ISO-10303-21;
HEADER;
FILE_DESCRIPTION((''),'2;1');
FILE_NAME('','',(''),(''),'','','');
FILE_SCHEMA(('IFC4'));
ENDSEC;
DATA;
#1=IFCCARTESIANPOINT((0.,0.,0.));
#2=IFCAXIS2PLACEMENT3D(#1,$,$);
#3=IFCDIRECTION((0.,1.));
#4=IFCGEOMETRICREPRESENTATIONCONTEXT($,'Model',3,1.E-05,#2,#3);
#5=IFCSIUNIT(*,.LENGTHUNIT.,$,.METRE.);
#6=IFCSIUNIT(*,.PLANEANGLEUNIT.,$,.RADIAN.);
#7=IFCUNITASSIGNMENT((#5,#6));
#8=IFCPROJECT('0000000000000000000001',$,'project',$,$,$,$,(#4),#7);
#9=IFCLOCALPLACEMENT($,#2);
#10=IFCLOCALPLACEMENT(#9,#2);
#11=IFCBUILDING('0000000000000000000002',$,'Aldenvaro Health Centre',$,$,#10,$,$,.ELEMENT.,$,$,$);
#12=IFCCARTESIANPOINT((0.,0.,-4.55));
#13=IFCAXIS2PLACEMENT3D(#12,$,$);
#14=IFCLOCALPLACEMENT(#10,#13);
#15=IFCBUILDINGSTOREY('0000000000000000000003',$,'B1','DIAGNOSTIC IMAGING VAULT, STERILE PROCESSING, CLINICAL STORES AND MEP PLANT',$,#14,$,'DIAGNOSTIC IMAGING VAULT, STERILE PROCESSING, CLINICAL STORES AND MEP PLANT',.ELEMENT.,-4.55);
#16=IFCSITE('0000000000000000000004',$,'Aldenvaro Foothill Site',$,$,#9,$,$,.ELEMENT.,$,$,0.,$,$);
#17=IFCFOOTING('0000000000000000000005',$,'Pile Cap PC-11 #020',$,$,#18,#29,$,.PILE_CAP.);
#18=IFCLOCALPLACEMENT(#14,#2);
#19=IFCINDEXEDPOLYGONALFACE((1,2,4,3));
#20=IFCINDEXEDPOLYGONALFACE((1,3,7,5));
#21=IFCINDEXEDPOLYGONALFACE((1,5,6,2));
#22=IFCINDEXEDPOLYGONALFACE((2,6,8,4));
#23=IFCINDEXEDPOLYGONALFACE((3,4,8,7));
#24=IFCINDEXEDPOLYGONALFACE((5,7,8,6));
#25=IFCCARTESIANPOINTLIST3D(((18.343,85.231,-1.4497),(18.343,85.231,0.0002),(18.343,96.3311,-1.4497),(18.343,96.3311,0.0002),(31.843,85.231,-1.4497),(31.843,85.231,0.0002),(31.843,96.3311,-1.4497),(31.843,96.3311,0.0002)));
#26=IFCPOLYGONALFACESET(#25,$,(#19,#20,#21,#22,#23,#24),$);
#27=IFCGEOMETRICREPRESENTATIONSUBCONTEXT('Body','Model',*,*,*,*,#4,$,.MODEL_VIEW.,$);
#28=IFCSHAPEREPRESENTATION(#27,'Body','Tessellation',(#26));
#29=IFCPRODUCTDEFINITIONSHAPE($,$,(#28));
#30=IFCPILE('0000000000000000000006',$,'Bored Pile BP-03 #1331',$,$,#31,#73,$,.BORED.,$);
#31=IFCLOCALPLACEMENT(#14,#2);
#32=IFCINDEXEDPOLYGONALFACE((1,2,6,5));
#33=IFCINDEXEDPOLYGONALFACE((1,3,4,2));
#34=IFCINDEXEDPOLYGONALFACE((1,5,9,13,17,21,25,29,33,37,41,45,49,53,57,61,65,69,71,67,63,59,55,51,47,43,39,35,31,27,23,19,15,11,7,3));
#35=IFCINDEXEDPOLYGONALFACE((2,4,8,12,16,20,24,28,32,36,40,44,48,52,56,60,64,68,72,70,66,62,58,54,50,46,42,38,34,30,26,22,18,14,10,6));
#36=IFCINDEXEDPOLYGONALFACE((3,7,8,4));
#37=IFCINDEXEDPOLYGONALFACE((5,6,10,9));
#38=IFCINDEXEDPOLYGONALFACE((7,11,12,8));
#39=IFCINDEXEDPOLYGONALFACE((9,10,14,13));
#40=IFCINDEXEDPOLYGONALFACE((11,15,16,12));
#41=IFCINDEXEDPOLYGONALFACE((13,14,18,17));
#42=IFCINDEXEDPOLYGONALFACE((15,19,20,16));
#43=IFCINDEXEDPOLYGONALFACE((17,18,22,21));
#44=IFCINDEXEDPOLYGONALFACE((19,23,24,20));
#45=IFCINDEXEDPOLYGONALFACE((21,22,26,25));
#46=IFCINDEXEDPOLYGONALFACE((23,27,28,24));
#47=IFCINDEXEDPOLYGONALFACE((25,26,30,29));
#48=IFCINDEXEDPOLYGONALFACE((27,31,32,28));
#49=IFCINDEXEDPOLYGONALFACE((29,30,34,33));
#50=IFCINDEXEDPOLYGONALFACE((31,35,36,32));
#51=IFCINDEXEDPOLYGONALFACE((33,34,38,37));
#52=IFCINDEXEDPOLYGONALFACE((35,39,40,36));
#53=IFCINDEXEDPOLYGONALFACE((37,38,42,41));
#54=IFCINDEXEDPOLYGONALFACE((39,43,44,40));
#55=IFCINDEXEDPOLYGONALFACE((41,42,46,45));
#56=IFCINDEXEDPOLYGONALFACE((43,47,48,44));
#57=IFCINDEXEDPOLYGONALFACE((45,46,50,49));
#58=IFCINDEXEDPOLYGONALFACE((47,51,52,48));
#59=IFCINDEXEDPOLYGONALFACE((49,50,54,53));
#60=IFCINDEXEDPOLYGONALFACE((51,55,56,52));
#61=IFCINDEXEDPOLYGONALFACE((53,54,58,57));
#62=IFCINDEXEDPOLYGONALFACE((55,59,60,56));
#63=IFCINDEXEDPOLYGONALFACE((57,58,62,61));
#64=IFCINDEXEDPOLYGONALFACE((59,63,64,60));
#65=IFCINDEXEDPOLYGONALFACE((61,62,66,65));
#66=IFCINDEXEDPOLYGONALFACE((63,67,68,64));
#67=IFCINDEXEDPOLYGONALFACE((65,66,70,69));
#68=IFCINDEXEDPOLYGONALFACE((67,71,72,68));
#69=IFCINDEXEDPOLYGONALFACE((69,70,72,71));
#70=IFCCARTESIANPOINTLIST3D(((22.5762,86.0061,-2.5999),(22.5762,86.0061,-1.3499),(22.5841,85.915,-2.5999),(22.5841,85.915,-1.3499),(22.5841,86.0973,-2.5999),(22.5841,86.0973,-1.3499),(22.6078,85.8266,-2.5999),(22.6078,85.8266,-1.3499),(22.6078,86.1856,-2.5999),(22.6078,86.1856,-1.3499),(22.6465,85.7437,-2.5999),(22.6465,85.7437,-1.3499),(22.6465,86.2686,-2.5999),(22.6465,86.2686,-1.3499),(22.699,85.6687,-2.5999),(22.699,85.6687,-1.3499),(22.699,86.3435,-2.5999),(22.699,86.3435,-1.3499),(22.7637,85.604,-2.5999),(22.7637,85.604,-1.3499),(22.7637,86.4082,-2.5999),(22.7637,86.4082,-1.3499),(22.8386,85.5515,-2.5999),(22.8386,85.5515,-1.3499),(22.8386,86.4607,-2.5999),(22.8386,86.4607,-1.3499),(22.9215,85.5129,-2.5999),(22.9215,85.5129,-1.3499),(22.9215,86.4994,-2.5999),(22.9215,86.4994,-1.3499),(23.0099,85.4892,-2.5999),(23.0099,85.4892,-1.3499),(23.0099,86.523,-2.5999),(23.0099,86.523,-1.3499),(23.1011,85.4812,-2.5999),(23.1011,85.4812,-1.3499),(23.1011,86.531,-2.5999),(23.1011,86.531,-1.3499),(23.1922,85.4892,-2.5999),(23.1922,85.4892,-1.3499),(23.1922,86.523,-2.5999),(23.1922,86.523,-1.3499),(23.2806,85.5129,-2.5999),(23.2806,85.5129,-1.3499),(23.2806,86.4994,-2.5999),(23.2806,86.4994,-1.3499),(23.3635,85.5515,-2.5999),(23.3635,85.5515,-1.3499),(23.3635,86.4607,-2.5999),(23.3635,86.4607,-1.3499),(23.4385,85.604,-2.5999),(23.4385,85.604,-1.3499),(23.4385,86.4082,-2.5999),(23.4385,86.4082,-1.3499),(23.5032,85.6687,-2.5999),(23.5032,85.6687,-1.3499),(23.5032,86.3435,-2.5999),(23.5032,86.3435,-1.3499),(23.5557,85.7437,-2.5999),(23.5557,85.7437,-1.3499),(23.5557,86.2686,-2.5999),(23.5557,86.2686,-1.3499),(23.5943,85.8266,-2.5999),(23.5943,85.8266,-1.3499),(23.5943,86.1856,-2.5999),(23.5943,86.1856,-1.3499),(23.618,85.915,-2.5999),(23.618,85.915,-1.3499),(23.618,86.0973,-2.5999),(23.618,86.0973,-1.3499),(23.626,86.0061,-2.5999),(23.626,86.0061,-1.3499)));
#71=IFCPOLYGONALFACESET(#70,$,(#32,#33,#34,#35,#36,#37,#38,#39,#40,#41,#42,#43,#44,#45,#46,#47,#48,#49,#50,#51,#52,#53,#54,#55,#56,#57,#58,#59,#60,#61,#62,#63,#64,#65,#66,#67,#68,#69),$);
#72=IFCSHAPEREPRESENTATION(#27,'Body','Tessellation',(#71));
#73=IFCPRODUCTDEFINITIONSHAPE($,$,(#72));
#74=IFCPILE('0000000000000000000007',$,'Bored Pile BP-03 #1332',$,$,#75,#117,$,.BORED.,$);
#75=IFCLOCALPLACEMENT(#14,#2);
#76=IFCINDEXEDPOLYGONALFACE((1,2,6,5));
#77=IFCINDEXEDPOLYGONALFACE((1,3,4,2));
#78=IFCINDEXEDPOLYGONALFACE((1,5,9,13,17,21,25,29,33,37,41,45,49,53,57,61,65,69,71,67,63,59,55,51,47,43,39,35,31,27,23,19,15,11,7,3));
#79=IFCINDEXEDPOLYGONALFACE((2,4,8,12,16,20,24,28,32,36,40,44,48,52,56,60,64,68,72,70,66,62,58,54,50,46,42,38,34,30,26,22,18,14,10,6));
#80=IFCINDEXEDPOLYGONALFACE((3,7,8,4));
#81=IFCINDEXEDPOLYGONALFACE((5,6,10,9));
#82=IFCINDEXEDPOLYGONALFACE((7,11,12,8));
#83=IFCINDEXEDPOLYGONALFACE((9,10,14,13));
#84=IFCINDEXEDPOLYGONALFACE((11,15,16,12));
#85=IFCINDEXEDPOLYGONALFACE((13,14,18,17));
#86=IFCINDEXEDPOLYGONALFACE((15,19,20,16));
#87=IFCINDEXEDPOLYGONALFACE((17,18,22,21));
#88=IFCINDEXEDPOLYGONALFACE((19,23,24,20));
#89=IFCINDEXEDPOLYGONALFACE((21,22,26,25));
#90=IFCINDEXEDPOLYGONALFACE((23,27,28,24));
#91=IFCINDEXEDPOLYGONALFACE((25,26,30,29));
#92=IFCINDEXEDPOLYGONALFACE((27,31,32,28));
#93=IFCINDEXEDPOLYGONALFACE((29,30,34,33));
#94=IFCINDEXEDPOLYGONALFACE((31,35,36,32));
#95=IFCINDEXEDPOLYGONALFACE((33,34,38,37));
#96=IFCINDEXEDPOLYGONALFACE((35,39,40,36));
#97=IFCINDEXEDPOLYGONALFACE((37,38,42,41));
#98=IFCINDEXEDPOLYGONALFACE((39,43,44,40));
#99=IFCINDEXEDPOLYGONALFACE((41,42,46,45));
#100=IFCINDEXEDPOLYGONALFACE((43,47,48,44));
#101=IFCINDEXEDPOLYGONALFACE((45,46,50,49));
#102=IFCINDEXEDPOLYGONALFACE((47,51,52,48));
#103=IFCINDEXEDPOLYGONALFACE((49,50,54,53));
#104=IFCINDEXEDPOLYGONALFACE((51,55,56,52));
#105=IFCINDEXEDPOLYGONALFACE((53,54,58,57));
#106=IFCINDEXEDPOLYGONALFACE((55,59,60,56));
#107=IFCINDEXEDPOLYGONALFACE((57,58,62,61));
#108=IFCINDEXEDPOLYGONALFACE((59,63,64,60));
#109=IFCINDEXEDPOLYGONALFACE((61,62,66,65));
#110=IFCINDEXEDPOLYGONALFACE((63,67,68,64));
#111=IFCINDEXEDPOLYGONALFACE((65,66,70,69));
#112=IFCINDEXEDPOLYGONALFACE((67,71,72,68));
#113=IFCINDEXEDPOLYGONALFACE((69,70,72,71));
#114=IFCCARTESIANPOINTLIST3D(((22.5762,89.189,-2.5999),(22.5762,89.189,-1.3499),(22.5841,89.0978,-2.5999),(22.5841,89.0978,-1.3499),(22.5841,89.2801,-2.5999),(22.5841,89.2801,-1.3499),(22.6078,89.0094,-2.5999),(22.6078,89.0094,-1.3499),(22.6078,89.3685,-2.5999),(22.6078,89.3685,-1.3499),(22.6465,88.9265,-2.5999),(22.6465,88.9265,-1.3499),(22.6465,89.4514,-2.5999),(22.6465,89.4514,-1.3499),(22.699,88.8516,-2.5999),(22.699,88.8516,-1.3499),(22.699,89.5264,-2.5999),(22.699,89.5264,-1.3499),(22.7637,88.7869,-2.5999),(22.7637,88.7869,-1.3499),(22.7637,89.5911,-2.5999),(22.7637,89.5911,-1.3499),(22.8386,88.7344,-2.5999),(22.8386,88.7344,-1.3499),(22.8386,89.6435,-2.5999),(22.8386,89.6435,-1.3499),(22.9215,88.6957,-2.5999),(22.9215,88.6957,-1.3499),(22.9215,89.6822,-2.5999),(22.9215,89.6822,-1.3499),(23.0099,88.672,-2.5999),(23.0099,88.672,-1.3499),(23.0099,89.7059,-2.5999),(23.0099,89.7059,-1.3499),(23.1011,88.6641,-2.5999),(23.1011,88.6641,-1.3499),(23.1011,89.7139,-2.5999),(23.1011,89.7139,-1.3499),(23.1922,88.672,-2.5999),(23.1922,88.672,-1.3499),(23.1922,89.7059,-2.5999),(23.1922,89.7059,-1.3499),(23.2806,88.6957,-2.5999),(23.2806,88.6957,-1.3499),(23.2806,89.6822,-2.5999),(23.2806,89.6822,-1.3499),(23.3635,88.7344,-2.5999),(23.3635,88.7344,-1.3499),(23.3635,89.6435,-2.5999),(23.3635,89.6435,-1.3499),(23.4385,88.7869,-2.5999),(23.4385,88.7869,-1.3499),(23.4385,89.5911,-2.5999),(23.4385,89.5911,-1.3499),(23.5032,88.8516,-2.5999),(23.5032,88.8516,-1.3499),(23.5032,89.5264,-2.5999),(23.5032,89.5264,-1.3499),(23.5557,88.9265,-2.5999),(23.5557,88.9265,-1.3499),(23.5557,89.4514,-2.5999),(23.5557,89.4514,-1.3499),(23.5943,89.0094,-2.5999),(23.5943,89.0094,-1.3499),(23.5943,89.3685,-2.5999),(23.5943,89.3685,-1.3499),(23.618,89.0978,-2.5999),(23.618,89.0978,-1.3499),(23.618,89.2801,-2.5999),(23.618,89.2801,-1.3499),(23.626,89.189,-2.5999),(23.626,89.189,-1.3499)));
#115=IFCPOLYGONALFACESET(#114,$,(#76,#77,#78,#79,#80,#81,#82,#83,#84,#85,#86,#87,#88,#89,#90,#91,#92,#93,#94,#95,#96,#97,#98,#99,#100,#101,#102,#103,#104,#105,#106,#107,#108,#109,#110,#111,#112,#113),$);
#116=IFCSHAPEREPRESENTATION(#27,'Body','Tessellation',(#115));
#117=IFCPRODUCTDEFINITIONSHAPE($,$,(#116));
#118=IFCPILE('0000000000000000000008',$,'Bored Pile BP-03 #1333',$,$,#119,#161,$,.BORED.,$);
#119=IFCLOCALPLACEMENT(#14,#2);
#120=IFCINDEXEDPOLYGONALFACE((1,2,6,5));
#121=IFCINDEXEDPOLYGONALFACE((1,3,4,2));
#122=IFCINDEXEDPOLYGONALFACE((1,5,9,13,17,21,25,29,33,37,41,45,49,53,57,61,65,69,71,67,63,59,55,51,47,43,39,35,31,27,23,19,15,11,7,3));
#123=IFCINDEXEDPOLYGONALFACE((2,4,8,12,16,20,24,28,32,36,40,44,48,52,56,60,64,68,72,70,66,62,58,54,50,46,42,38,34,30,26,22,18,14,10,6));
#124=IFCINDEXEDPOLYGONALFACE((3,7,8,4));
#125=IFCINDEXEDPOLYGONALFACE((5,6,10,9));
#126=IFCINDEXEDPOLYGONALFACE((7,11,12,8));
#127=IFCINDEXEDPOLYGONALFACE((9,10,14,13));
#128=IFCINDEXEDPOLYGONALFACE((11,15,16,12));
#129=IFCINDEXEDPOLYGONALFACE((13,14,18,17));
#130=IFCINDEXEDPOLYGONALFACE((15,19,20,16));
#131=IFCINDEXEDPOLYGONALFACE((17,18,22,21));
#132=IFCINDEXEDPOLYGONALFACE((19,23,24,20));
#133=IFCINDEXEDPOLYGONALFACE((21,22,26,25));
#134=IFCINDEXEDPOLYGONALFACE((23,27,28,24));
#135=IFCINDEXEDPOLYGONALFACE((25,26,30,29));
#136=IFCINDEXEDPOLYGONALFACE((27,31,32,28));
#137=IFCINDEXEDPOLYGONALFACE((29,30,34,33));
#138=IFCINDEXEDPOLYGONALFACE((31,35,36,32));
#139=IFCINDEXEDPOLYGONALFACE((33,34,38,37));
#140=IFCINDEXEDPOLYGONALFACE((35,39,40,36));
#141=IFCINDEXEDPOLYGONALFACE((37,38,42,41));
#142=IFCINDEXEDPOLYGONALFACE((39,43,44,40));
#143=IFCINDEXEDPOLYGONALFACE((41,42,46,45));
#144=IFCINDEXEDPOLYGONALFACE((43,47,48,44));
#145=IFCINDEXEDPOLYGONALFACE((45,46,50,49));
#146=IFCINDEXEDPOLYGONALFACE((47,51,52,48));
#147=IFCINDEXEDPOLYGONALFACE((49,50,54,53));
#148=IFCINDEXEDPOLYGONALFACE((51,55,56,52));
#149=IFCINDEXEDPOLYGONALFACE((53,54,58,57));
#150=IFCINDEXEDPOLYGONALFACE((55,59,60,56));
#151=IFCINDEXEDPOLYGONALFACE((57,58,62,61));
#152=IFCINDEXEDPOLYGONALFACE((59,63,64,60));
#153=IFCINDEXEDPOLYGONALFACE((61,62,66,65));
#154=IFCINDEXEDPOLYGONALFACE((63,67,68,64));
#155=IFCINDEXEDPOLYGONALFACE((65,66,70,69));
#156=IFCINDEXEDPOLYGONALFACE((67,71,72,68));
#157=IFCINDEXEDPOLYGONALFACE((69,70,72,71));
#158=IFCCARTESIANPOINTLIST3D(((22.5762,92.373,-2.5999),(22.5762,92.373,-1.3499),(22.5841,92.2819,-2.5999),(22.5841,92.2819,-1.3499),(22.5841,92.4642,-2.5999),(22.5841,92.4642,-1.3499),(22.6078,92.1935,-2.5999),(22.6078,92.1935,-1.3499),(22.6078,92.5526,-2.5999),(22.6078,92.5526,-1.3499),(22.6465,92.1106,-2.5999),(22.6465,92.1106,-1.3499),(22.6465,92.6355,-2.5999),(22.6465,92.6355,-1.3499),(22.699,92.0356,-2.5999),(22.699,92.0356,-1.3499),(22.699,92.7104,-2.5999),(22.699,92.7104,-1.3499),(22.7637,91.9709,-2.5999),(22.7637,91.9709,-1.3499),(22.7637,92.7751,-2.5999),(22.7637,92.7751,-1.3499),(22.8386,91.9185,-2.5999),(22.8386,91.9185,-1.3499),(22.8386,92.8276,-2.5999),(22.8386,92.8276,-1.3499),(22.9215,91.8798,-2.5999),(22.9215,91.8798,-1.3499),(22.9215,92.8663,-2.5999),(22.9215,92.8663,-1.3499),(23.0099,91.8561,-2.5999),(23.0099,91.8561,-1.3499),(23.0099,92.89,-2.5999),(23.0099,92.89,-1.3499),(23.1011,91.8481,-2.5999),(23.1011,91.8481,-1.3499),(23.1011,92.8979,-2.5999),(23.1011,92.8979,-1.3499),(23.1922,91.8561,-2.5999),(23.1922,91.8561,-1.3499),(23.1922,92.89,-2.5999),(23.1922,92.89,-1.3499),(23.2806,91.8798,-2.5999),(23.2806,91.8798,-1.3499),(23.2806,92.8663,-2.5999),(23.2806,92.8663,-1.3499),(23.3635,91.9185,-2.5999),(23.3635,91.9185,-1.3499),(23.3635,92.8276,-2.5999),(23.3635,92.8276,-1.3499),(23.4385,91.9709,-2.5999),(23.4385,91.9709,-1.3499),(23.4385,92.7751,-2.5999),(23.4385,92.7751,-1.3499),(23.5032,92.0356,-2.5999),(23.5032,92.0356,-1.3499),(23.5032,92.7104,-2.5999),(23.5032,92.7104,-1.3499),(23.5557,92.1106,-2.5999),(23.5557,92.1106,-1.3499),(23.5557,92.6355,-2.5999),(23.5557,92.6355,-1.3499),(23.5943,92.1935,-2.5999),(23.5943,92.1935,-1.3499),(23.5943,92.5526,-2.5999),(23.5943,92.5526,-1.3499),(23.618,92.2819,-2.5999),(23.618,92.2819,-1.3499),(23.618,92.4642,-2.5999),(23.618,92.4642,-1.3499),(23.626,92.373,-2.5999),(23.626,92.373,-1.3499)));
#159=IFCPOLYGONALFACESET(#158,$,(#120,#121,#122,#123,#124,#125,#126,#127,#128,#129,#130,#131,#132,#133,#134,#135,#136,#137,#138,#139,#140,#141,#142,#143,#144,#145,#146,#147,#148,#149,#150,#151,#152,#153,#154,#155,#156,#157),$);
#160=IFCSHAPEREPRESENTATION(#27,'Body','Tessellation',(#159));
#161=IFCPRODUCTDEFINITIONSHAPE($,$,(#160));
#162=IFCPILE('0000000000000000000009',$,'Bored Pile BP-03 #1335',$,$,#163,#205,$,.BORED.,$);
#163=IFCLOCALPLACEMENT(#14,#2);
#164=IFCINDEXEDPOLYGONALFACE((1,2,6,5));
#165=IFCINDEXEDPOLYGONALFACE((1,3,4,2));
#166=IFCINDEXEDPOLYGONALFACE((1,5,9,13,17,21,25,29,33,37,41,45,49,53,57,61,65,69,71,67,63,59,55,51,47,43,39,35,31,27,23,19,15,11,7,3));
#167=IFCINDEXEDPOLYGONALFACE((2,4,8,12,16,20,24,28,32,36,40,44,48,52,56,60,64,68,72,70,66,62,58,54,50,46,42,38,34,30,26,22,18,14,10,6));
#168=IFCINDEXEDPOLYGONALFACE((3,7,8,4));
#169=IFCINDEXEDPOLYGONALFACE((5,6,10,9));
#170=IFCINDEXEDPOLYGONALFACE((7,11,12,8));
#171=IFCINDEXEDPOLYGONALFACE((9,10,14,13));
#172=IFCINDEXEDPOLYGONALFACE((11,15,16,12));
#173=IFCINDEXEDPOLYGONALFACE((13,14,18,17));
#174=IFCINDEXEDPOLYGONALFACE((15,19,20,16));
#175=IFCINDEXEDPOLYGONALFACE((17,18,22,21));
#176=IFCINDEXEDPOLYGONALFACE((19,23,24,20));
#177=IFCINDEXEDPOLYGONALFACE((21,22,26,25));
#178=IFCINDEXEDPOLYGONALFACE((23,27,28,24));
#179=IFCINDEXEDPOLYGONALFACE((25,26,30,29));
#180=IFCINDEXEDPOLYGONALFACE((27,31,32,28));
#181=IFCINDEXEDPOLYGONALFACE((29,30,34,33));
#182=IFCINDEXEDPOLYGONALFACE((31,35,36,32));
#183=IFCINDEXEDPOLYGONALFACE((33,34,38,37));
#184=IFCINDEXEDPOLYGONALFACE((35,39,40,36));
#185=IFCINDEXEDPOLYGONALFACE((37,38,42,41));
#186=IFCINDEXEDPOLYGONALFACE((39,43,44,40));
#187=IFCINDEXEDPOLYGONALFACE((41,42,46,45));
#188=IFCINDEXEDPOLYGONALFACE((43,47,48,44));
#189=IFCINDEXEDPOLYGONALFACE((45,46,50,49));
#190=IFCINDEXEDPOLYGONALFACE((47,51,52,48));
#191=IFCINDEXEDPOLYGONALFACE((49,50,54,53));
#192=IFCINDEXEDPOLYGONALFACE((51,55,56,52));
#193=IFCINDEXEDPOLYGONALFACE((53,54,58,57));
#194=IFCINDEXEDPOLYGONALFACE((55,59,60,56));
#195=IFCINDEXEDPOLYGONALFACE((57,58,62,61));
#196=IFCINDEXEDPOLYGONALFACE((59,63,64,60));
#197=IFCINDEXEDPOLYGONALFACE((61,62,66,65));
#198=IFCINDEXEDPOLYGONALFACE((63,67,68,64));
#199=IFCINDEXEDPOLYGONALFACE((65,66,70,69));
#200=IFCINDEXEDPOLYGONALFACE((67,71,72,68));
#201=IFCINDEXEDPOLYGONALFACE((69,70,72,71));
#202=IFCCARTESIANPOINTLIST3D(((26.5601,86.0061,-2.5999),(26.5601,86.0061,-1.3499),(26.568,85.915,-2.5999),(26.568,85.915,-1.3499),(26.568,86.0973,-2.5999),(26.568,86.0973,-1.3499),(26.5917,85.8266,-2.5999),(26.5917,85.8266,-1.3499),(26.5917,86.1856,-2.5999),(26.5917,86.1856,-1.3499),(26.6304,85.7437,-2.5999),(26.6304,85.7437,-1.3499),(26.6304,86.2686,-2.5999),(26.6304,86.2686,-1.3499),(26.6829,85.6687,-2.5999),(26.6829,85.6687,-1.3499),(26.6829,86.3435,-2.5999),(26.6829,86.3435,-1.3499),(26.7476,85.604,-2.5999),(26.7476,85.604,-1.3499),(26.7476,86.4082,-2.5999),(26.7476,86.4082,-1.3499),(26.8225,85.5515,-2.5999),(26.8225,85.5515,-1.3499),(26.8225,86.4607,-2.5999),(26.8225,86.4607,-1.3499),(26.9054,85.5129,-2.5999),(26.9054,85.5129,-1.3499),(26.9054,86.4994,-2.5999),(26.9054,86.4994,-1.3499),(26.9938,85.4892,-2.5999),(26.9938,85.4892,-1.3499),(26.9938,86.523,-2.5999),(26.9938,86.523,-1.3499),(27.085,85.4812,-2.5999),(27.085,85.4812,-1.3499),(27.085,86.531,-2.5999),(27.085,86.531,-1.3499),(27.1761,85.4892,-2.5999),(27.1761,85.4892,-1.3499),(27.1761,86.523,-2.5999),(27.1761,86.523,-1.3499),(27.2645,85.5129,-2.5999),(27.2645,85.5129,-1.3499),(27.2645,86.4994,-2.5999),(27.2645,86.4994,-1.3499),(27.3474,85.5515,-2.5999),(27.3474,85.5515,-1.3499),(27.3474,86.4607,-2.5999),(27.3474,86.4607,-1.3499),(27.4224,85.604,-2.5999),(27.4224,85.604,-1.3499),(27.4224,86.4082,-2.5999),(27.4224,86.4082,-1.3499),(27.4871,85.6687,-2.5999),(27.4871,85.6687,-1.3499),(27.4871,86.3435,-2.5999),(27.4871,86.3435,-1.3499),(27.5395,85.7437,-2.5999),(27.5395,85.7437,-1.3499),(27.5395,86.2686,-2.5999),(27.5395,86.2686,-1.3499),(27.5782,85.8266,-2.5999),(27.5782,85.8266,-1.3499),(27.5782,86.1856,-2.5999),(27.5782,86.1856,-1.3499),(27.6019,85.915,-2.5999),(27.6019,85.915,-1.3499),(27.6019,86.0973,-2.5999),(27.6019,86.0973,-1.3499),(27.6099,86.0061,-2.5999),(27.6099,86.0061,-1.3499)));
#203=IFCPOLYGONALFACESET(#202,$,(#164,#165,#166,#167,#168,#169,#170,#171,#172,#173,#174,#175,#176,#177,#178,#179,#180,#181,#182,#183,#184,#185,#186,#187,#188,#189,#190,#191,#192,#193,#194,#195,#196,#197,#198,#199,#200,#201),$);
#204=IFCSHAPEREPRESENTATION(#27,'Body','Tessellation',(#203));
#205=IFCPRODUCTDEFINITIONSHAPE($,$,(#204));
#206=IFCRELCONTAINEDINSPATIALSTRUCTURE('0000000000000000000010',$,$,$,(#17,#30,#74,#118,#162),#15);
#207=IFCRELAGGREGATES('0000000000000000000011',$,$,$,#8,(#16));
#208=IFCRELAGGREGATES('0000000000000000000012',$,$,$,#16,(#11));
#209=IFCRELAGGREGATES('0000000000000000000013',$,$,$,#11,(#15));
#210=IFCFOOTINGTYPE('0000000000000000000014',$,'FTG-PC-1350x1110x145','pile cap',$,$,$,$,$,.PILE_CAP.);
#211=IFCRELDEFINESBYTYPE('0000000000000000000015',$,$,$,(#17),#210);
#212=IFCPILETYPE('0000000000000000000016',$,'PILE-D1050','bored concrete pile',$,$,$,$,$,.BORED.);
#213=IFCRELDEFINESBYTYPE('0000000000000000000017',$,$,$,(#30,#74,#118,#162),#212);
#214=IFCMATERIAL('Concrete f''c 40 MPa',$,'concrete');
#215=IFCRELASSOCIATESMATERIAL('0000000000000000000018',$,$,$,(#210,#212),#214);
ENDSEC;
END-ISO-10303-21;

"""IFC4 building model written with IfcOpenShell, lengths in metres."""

from ifc_helpers import new_model, si_unit, direction, frame, origin, origin_2d, place, context, subcontext, project, spatial, rectangle, circle, extrude, material, material_profile, profile_set, type_object, element, save


model = new_model("IFC4")

# Units and contexts
model_context = context("Model", 3, precision=1e-05, world=origin(), true_north=direction((0.0, 1.0)))
body_context = subcontext(model_context, "Body", "Model", "MODEL_VIEW")
ifc_project = project(units=[si_unit("LENGTHUNIT", "METRE"), si_unit("PLANEANGLEUNIT", "RADIAN")], contexts=[model_context])

# Site, building, storey
site_placement = place(None, origin())
site = spatial("IfcSite", under=ifc_project, at=site_placement, Name="Aldenvaro Foothill Site", CompositionType="ELEMENT", RefElevation=0.0)
building_placement = place(site_placement, origin())
building = spatial("IfcBuilding", under=site, at=building_placement, Name="Aldenvaro Health Centre", CompositionType="ELEMENT")
storey_placement = place(building_placement, frame((0.0, 0.0, -4.55)))
storey = spatial("IfcBuildingStorey", under=building, at=storey_placement, Name="B1", Description="DIAGNOSTIC IMAGING VAULT, STERILE PROCESSING, CLINICAL STORES AND MEP PLANT", LongName="DIAGNOSTIC IMAGING VAULT, STERILE PROCESSING, CLINICAL STORES AND MEP PLANT", CompositionType="ELEMENT", Elevation=-4.55)

# Footing
ifc_material_1 = material(Name="Concrete f'c 40 MPa", Category="concrete")
footing_type = type_object("IfcFootingType", Name="FTG-PC-1350x1110x145", Description="pile cap", PredefinedType="PILE_CAP", material=ifc_material_1)
footing_placement = place(storey_placement, frame((25.093, 90.781, -1.4497), z_axis=(0.0, 0.0, 1.0), x_axis=(1.0, 0.0, 0.0)))
element("IfcFooting", 1, at=footing_placement, inside=storey, type_object=footing_type, Name="Pile Cap PC-11 #020", PredefinedType="PILE_CAP", context=body_context, shape_type="SweptSolid", body=[
    extrude(rectangle(XDim=13.5, YDim=11.1001, at=origin_2d()), origin(), (0.0, 0.0, 1.0), 1.45),
])

# Piles
ifc_material_profile_1 = material_profile(ifc_material_1, circle(Radius=0.5249, at=origin_2d()), Name="PILE D1050", Category="concrete")
ifc_profile_set_1 = profile_set([ifc_material_profile_1], Name="Concrete f'c 40 MPa")
pile_type = type_object("IfcPileType", Name="PILE-D1050", Description="bored concrete pile", PredefinedType="BORED", material=ifc_profile_set_1)
for number, where, z_axis, x_axis, name in (
    (2, (23.1011, 86.0061, -1.3499), (0.0, 0.0, -1.0), (1.0, 0.0, 0.0), "Bored Pile BP-03 #1331"),
    (3, (23.1011, 89.189, -1.3499), (0.0, 0.0, -1.0), (1.0, 0.0, 0.0), "Bored Pile BP-03 #1332"),
    (4, (23.1011, 92.373, -1.3499), (0.0, 0.0, -1.0), (1.0, 0.0, 0.0), "Bored Pile BP-03 #1333"),
    (5, (27.085, 86.0061, -1.3499), (0.0, 0.0, -1.0), (1.0, 0.0, 0.0), "Bored Pile BP-03 #1335"),
):
    element("IfcPile", number, at=place(storey_placement, frame(where, z_axis=z_axis, x_axis=x_axis)), inside=storey, type_object=pile_type, Name=name, PredefinedType="BORED", context=body_context, shape_type="SweptSolid", body=[
        extrude(circle(Radius=0.5249, at=origin_2d()), origin(), (0.0, 0.0, 1.0), 1.25),
    ])

save(model, "model.ifc")
